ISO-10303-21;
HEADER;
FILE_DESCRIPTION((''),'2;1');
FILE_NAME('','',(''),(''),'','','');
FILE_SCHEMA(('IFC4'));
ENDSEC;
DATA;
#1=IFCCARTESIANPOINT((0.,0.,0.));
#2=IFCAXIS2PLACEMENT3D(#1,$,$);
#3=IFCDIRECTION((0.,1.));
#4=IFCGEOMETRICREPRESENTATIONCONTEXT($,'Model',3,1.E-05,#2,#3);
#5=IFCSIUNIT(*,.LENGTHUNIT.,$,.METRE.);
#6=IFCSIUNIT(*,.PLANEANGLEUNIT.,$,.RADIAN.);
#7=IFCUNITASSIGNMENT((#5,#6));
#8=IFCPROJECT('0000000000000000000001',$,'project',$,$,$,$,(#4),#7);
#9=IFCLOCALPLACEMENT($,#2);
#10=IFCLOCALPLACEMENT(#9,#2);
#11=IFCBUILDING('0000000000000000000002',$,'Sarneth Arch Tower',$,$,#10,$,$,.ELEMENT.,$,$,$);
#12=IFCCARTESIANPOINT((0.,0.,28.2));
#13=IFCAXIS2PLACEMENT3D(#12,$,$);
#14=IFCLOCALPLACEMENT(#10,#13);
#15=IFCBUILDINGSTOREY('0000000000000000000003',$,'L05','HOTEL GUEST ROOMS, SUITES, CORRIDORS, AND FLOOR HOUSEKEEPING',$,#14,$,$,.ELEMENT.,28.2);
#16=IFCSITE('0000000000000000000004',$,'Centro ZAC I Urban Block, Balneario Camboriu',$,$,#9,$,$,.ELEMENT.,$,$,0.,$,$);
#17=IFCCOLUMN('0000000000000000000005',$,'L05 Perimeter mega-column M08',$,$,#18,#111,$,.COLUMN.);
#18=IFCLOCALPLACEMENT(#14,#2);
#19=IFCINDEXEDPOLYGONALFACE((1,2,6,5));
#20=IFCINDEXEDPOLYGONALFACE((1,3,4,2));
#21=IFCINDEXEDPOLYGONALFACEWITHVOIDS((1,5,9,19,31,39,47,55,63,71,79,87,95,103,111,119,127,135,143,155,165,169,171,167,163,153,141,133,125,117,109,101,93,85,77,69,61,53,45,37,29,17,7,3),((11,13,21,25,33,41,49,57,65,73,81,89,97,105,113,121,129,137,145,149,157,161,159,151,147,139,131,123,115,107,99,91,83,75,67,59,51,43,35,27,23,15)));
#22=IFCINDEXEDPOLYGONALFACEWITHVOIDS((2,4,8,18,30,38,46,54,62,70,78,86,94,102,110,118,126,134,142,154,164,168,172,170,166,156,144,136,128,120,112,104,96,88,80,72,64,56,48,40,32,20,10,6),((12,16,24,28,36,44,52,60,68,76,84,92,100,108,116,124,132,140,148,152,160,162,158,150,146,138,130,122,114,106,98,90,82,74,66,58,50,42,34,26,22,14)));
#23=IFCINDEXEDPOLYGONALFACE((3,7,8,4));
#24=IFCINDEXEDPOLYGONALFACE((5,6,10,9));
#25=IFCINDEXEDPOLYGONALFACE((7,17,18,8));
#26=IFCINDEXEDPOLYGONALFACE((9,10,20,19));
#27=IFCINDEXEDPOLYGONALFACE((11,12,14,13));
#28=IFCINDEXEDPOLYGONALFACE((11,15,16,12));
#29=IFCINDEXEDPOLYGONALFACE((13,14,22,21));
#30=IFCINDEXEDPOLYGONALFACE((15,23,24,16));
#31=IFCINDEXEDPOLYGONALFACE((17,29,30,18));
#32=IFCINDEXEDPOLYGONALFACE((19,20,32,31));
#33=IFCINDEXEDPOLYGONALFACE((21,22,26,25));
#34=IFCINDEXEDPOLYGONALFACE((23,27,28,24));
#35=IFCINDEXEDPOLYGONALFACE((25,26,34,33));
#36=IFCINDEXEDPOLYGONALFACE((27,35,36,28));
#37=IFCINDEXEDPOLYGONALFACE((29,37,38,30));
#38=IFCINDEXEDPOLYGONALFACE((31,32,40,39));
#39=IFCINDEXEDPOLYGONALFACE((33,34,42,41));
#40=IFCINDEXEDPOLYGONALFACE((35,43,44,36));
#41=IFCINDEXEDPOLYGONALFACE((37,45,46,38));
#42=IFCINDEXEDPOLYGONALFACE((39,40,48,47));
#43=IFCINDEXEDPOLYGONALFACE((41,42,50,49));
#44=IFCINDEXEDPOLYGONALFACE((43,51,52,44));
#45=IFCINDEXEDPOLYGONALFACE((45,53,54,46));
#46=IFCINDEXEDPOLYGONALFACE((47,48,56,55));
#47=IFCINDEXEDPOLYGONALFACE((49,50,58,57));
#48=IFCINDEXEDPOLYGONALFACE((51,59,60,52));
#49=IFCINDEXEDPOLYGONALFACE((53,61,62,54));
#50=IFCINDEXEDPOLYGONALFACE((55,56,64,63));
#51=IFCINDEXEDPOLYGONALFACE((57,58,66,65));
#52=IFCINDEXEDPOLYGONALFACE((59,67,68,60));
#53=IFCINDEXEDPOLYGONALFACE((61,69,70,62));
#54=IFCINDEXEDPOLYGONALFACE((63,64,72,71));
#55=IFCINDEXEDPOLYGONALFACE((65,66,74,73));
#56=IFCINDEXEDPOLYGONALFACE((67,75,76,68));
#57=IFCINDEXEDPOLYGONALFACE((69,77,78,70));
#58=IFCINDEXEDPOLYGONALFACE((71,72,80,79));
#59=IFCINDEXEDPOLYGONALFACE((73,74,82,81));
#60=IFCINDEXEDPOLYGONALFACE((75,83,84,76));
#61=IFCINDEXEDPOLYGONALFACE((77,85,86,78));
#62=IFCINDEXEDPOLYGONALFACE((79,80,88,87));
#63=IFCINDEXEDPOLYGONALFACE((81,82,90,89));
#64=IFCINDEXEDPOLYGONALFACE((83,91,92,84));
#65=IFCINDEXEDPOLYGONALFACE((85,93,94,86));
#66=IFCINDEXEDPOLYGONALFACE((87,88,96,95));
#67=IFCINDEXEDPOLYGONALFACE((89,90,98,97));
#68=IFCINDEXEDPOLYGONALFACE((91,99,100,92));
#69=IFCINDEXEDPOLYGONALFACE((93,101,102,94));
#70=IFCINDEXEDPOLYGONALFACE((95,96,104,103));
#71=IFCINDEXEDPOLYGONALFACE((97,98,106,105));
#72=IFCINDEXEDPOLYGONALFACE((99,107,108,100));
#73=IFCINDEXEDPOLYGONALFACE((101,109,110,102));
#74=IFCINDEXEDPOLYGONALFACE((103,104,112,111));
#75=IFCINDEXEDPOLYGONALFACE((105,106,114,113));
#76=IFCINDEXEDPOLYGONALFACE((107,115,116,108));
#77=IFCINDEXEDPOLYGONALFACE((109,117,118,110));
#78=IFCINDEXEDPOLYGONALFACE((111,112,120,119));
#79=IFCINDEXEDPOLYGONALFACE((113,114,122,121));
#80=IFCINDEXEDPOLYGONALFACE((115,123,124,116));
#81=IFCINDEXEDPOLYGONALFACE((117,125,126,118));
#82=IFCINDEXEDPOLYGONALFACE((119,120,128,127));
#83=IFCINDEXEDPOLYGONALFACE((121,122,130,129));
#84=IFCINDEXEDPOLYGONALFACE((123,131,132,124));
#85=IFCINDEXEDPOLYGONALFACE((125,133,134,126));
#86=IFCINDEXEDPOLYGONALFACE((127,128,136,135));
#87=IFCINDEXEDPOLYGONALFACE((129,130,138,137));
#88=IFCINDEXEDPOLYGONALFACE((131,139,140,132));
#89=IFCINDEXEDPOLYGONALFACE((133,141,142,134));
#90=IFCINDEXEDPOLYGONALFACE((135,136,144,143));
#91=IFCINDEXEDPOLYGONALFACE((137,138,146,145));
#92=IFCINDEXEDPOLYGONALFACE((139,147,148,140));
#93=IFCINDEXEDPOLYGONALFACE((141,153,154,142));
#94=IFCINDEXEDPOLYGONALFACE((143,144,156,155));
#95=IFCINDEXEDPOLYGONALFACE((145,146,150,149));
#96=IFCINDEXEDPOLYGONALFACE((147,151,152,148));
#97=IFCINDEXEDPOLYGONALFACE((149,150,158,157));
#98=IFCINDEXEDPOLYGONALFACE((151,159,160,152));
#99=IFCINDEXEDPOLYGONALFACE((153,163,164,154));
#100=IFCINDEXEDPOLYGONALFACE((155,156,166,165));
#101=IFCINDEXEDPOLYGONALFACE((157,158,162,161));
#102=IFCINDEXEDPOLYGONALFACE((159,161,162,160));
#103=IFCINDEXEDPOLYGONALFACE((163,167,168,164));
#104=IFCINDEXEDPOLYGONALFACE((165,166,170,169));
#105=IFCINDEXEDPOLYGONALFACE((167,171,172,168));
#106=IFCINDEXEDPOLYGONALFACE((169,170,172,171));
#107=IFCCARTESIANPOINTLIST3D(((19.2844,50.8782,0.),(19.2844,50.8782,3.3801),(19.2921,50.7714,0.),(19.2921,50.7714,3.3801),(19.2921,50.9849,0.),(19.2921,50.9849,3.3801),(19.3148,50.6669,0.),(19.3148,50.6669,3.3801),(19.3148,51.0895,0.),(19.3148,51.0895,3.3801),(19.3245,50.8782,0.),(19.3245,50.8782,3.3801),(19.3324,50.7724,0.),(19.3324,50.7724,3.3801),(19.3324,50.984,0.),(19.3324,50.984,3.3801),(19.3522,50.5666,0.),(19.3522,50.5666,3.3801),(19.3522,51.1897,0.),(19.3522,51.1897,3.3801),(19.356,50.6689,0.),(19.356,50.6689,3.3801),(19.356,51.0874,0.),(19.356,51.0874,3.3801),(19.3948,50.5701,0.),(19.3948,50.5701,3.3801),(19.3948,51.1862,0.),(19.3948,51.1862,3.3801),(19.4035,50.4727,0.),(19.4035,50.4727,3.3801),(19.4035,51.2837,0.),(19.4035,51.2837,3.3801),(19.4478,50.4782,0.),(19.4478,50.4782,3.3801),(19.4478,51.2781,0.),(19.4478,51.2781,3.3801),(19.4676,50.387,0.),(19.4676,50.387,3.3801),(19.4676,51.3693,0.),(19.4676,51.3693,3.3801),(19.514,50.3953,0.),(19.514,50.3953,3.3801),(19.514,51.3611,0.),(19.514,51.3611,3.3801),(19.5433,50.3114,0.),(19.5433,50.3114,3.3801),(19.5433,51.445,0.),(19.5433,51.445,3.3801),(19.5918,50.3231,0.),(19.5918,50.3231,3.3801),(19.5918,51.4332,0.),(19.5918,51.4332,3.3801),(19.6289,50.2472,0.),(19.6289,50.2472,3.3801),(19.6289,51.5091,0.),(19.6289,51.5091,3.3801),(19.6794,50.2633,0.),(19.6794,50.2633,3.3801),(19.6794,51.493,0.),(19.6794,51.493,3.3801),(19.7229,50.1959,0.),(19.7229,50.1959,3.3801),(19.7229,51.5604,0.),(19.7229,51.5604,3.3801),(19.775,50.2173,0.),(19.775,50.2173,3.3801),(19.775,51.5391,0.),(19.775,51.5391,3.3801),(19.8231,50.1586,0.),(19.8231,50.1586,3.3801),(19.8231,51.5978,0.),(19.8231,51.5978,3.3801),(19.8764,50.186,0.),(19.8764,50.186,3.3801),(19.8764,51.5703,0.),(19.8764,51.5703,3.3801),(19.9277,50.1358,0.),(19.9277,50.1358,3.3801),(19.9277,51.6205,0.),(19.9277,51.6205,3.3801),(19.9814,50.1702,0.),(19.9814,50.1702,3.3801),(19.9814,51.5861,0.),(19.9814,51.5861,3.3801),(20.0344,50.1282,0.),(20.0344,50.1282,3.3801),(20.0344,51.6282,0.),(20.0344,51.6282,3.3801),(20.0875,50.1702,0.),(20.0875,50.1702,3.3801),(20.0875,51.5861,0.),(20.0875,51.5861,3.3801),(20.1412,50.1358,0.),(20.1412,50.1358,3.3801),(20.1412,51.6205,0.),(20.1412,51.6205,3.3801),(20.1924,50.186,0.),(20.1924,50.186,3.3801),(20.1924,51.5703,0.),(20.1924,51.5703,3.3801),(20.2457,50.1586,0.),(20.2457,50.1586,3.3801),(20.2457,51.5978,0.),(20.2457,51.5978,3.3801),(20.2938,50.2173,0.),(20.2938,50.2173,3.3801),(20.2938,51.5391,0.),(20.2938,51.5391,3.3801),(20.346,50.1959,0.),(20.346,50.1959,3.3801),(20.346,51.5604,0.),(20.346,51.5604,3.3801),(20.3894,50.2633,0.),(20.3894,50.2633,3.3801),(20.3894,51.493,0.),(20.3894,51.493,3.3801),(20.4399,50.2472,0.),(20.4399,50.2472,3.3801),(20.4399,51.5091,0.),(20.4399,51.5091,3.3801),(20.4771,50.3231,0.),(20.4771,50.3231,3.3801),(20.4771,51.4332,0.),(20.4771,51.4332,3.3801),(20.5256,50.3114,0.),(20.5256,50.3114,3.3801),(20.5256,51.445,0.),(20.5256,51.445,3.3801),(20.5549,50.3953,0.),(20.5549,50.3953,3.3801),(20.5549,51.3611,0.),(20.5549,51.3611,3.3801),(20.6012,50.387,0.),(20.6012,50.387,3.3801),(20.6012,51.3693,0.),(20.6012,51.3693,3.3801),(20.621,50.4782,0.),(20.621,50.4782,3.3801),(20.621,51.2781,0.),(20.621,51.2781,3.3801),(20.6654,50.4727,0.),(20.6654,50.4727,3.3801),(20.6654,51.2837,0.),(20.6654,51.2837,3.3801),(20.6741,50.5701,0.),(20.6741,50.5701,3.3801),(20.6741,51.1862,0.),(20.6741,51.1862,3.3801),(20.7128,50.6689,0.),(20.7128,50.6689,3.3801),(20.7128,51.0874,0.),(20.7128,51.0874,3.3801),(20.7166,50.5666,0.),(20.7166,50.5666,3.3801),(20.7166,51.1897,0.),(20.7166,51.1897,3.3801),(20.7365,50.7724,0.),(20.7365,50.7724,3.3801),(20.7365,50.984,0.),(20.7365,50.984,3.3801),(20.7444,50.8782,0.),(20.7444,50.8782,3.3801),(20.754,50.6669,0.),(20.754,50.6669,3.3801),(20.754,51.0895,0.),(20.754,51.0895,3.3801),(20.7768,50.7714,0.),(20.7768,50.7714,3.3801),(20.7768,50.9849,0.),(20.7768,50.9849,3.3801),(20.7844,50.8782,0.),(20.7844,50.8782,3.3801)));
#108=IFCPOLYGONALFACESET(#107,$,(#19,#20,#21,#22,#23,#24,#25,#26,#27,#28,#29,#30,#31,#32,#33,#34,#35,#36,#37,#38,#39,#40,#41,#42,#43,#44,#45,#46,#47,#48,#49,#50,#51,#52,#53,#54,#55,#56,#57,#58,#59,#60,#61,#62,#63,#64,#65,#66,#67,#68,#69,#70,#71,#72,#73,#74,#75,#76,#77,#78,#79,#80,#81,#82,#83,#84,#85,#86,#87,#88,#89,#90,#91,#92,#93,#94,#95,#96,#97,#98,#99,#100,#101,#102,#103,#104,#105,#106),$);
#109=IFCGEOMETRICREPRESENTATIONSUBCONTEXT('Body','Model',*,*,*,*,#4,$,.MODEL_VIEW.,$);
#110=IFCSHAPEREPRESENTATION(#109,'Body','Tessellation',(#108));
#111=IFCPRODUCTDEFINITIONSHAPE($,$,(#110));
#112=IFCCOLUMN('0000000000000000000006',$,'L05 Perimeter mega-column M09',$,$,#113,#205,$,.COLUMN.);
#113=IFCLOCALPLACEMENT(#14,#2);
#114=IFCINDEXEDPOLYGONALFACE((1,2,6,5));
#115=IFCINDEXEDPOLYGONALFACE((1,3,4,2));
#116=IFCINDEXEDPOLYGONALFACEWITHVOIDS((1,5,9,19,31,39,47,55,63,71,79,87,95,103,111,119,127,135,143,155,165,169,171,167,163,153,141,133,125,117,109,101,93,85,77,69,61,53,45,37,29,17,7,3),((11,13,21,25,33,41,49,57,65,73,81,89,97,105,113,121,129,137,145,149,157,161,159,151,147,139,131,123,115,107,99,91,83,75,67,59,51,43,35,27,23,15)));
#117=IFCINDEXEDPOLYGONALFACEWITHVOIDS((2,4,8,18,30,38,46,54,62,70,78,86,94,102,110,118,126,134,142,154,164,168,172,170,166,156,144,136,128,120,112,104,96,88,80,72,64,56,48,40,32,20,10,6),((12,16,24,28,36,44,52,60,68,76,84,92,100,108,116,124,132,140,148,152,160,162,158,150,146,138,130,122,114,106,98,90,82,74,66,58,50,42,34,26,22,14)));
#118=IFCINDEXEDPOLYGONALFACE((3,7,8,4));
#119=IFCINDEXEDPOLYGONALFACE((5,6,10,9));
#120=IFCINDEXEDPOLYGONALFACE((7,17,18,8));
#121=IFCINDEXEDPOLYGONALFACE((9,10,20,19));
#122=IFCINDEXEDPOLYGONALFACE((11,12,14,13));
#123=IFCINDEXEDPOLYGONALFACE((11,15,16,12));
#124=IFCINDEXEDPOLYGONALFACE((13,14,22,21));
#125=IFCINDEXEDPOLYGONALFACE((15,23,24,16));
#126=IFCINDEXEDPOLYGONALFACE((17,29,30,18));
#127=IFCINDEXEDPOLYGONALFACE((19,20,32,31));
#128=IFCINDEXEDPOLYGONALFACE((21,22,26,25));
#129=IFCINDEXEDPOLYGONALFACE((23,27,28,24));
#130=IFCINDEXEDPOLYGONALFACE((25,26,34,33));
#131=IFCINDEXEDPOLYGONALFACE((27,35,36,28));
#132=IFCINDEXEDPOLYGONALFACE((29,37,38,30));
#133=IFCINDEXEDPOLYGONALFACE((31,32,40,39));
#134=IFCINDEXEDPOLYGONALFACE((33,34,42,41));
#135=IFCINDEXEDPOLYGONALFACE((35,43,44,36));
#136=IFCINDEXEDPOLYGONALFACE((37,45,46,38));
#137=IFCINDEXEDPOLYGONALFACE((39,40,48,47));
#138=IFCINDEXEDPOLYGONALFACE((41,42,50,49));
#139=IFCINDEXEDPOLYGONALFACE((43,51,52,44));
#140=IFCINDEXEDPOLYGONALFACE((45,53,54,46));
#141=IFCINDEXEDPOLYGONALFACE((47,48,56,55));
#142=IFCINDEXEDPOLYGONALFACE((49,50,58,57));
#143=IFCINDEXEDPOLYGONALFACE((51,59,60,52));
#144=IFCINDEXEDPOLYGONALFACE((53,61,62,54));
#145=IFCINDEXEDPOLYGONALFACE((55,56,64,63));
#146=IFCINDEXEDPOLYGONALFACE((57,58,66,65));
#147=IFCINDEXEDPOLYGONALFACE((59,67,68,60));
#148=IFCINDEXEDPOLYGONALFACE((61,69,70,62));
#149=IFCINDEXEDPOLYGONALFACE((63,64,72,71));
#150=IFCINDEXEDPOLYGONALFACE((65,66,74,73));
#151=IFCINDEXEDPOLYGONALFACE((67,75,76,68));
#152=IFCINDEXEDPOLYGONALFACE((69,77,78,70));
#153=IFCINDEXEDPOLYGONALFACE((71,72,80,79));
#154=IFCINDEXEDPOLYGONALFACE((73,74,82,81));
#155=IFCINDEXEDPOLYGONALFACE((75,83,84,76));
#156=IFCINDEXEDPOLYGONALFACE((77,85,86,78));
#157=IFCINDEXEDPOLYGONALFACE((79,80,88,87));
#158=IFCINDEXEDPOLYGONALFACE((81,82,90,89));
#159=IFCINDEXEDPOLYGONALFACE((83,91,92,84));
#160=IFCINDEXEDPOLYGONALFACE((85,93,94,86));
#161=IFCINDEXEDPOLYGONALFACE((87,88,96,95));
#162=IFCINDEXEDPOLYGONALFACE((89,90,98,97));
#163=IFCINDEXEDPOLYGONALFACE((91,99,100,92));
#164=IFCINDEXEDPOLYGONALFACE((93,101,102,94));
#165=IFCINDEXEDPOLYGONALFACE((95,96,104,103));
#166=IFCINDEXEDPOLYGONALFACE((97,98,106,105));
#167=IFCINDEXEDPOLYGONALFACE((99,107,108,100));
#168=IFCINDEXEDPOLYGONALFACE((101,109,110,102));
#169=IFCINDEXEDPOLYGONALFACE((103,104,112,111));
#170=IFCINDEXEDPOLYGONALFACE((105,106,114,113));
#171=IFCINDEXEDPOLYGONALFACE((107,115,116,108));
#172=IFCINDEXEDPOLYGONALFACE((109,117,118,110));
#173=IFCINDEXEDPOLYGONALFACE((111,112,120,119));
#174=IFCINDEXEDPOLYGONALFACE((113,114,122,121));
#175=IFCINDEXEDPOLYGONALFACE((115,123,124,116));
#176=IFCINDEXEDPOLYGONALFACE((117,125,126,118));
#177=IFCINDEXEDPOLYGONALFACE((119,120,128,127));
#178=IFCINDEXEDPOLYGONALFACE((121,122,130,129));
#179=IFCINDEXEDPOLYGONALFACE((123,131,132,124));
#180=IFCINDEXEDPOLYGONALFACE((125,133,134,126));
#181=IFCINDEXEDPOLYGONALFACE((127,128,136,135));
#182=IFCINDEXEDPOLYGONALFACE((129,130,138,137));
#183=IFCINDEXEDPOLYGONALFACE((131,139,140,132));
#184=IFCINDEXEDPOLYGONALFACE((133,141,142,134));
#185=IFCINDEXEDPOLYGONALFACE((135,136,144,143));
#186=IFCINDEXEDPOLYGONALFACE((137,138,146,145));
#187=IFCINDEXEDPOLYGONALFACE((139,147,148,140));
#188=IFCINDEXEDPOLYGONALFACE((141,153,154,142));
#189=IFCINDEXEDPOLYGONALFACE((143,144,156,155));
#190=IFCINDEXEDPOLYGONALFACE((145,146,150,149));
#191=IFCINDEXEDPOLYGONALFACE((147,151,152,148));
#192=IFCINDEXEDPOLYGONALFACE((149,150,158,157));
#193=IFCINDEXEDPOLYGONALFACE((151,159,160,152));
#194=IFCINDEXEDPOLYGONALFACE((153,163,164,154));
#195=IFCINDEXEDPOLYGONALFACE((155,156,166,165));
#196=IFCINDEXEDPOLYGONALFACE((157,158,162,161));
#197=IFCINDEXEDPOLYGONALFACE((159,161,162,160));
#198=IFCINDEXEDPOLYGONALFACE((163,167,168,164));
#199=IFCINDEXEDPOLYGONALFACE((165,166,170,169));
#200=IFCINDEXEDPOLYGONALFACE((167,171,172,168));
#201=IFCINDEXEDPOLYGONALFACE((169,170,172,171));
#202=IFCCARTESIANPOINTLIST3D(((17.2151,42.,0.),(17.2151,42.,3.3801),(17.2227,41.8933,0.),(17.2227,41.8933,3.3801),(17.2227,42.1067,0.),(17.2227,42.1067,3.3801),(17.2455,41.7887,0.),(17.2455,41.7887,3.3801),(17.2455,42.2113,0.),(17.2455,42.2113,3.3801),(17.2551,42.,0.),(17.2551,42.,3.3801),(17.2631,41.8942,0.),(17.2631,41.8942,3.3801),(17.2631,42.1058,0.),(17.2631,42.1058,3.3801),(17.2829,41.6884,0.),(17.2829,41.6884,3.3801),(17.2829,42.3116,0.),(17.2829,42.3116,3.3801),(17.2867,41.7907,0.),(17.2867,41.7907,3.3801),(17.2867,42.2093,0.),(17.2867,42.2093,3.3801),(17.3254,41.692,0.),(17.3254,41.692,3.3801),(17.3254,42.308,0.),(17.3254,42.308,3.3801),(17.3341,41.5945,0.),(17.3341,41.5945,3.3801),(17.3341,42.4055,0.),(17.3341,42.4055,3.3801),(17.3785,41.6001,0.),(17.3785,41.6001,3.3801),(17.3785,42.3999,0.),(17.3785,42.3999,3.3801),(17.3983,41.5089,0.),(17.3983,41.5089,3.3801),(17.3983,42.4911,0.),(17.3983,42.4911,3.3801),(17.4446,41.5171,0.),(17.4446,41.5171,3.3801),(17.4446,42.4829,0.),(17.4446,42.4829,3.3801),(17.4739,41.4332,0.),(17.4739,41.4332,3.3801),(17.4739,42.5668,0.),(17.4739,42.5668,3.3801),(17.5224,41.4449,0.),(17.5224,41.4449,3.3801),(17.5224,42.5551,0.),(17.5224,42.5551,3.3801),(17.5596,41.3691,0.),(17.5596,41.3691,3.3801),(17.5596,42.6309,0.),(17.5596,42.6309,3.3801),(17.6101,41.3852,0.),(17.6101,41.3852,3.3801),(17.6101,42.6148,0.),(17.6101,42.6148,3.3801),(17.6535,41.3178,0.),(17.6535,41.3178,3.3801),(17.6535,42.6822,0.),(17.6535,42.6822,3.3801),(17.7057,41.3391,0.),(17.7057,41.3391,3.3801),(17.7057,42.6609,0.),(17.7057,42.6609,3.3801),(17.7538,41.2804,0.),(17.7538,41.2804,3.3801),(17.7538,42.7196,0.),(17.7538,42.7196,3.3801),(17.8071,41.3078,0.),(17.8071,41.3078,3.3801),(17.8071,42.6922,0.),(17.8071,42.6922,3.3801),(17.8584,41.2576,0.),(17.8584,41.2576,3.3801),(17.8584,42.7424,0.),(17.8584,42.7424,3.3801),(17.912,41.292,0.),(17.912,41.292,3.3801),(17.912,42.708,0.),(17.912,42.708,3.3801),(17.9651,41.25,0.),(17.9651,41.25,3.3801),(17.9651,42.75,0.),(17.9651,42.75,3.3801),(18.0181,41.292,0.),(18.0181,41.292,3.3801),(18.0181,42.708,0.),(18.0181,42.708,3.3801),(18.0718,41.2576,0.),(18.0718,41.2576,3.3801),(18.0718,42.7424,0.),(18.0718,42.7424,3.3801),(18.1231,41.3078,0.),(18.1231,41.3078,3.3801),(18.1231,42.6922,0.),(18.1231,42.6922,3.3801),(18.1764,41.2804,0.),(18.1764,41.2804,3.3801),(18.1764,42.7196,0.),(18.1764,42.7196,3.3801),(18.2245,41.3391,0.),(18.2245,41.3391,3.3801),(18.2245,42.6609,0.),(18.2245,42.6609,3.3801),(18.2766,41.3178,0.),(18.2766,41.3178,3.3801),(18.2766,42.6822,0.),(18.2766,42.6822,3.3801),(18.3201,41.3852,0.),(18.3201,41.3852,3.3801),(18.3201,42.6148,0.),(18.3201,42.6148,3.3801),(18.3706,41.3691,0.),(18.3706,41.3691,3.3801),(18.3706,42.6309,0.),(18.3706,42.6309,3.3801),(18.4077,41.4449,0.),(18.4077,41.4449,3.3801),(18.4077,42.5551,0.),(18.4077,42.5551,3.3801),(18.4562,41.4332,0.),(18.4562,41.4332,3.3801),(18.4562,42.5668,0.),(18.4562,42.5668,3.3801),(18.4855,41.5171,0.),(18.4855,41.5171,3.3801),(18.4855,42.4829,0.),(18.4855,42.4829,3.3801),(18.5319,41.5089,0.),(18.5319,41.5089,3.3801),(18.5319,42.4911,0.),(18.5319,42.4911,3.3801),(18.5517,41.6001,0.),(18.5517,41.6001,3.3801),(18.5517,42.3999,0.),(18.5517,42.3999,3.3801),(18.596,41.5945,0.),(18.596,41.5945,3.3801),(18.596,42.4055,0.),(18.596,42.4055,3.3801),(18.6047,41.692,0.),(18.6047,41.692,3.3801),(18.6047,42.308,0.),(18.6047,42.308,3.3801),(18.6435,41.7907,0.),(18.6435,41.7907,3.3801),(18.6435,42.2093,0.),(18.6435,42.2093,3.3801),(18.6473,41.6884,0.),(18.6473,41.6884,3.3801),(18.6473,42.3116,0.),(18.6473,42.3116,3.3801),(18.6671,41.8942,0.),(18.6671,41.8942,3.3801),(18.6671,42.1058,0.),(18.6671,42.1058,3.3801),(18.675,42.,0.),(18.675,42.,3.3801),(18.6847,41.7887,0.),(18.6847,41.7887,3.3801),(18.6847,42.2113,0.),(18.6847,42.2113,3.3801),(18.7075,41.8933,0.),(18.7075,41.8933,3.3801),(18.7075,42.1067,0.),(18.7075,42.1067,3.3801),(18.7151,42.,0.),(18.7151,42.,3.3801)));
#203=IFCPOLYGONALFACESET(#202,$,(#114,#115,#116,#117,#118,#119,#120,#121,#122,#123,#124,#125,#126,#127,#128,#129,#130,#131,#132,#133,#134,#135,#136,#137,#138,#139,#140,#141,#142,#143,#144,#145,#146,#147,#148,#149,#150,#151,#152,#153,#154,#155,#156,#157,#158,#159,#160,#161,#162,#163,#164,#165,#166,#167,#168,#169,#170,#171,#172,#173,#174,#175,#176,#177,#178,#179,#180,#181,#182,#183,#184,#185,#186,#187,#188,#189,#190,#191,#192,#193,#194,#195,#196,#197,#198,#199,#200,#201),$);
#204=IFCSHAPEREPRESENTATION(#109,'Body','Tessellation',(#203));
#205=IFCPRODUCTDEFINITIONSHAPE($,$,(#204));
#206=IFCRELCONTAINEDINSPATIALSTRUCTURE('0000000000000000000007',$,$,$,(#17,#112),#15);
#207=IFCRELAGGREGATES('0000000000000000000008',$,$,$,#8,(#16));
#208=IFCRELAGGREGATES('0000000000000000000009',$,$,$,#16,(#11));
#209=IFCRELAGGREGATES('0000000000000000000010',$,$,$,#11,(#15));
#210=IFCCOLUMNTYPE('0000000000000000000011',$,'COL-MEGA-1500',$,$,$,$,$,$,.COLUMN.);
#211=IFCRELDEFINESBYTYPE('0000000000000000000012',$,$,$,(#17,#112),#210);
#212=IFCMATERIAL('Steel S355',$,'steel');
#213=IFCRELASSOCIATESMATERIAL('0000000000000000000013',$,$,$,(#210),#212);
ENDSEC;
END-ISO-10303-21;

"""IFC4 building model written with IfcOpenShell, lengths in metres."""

from ifc_helpers import new_model, si_unit, direction, frame, origin, origin_2d, place, context, subcontext, project, spatial, hollow_circle, extrude, material, material_profile, profile_set, type_object, element, save


model = new_model("IFC4")

# Units and contexts
model_context = context("Model", 3, precision=1e-05, world=origin(), true_north=direction((0.0, 1.0)))
body_context = subcontext(model_context, "Body", "Model", "MODEL_VIEW")
ifc_project = project(units=[si_unit("LENGTHUNIT", "METRE"), si_unit("PLANEANGLEUNIT", "RADIAN")], contexts=[model_context])

# Site, building, storey
site_placement = place(None, origin())
site = spatial("IfcSite", under=ifc_project, at=site_placement, Name="Centro ZAC I Urban Block, Balneario Camboriu", CompositionType="ELEMENT", RefElevation=0.0)
building_placement = place(site_placement, origin())
building = spatial("IfcBuilding", under=site, at=building_placement, Name="Sarneth Arch Tower", CompositionType="ELEMENT")
storey_placement = place(building_placement, frame((0.0, 0.0, 28.2)))
storey = spatial("IfcBuildingStorey", under=building, at=storey_placement, Name="L05", Description="HOTEL GUEST ROOMS, SUITES, CORRIDORS, AND FLOOR HOUSEKEEPING", CompositionType="ELEMENT", Elevation=28.2)

# Columns
ifc_material_1 = material(Name="Steel S355", Category="steel")
ifc_material_profile_1 = material_profile(ifc_material_1, hollow_circle(Radius=0.75, WallThickness=0.04, at=origin_2d()), Name="CHS1500x40")
ifc_profile_set_1 = profile_set([ifc_material_profile_1], Name="Steel S355")
column_type = type_object("IfcColumnType", Name="COL-MEGA-1500", PredefinedType="COLUMN", material=ifc_profile_set_1)
for number, where, z_axis, x_axis, name in (
    (1, (20.0344, 50.8782, 0.0), (0.0, 0.0, 1.0), (1.0, 0.0, 0.0), "L05 Perimeter mega-column M08"),
    (2, (17.9651, 42.0, 0.0), (0.0, 0.0, 1.0), (1.0, 0.0, 0.0), "L05 Perimeter mega-column M09"),
):
    element("IfcColumn", number, at=place(storey_placement, frame(where, z_axis=z_axis, x_axis=x_axis)), inside=storey, type_object=column_type, Name=name, PredefinedType="COLUMN", context=body_context, shape_type="SweptSolid", body=[
        extrude(hollow_circle(Radius=0.75, WallThickness=0.04, at=origin_2d()), origin(), (0.0, 0.0, 1.0), 3.3801),
    ])

save(model, "model.ifc")
